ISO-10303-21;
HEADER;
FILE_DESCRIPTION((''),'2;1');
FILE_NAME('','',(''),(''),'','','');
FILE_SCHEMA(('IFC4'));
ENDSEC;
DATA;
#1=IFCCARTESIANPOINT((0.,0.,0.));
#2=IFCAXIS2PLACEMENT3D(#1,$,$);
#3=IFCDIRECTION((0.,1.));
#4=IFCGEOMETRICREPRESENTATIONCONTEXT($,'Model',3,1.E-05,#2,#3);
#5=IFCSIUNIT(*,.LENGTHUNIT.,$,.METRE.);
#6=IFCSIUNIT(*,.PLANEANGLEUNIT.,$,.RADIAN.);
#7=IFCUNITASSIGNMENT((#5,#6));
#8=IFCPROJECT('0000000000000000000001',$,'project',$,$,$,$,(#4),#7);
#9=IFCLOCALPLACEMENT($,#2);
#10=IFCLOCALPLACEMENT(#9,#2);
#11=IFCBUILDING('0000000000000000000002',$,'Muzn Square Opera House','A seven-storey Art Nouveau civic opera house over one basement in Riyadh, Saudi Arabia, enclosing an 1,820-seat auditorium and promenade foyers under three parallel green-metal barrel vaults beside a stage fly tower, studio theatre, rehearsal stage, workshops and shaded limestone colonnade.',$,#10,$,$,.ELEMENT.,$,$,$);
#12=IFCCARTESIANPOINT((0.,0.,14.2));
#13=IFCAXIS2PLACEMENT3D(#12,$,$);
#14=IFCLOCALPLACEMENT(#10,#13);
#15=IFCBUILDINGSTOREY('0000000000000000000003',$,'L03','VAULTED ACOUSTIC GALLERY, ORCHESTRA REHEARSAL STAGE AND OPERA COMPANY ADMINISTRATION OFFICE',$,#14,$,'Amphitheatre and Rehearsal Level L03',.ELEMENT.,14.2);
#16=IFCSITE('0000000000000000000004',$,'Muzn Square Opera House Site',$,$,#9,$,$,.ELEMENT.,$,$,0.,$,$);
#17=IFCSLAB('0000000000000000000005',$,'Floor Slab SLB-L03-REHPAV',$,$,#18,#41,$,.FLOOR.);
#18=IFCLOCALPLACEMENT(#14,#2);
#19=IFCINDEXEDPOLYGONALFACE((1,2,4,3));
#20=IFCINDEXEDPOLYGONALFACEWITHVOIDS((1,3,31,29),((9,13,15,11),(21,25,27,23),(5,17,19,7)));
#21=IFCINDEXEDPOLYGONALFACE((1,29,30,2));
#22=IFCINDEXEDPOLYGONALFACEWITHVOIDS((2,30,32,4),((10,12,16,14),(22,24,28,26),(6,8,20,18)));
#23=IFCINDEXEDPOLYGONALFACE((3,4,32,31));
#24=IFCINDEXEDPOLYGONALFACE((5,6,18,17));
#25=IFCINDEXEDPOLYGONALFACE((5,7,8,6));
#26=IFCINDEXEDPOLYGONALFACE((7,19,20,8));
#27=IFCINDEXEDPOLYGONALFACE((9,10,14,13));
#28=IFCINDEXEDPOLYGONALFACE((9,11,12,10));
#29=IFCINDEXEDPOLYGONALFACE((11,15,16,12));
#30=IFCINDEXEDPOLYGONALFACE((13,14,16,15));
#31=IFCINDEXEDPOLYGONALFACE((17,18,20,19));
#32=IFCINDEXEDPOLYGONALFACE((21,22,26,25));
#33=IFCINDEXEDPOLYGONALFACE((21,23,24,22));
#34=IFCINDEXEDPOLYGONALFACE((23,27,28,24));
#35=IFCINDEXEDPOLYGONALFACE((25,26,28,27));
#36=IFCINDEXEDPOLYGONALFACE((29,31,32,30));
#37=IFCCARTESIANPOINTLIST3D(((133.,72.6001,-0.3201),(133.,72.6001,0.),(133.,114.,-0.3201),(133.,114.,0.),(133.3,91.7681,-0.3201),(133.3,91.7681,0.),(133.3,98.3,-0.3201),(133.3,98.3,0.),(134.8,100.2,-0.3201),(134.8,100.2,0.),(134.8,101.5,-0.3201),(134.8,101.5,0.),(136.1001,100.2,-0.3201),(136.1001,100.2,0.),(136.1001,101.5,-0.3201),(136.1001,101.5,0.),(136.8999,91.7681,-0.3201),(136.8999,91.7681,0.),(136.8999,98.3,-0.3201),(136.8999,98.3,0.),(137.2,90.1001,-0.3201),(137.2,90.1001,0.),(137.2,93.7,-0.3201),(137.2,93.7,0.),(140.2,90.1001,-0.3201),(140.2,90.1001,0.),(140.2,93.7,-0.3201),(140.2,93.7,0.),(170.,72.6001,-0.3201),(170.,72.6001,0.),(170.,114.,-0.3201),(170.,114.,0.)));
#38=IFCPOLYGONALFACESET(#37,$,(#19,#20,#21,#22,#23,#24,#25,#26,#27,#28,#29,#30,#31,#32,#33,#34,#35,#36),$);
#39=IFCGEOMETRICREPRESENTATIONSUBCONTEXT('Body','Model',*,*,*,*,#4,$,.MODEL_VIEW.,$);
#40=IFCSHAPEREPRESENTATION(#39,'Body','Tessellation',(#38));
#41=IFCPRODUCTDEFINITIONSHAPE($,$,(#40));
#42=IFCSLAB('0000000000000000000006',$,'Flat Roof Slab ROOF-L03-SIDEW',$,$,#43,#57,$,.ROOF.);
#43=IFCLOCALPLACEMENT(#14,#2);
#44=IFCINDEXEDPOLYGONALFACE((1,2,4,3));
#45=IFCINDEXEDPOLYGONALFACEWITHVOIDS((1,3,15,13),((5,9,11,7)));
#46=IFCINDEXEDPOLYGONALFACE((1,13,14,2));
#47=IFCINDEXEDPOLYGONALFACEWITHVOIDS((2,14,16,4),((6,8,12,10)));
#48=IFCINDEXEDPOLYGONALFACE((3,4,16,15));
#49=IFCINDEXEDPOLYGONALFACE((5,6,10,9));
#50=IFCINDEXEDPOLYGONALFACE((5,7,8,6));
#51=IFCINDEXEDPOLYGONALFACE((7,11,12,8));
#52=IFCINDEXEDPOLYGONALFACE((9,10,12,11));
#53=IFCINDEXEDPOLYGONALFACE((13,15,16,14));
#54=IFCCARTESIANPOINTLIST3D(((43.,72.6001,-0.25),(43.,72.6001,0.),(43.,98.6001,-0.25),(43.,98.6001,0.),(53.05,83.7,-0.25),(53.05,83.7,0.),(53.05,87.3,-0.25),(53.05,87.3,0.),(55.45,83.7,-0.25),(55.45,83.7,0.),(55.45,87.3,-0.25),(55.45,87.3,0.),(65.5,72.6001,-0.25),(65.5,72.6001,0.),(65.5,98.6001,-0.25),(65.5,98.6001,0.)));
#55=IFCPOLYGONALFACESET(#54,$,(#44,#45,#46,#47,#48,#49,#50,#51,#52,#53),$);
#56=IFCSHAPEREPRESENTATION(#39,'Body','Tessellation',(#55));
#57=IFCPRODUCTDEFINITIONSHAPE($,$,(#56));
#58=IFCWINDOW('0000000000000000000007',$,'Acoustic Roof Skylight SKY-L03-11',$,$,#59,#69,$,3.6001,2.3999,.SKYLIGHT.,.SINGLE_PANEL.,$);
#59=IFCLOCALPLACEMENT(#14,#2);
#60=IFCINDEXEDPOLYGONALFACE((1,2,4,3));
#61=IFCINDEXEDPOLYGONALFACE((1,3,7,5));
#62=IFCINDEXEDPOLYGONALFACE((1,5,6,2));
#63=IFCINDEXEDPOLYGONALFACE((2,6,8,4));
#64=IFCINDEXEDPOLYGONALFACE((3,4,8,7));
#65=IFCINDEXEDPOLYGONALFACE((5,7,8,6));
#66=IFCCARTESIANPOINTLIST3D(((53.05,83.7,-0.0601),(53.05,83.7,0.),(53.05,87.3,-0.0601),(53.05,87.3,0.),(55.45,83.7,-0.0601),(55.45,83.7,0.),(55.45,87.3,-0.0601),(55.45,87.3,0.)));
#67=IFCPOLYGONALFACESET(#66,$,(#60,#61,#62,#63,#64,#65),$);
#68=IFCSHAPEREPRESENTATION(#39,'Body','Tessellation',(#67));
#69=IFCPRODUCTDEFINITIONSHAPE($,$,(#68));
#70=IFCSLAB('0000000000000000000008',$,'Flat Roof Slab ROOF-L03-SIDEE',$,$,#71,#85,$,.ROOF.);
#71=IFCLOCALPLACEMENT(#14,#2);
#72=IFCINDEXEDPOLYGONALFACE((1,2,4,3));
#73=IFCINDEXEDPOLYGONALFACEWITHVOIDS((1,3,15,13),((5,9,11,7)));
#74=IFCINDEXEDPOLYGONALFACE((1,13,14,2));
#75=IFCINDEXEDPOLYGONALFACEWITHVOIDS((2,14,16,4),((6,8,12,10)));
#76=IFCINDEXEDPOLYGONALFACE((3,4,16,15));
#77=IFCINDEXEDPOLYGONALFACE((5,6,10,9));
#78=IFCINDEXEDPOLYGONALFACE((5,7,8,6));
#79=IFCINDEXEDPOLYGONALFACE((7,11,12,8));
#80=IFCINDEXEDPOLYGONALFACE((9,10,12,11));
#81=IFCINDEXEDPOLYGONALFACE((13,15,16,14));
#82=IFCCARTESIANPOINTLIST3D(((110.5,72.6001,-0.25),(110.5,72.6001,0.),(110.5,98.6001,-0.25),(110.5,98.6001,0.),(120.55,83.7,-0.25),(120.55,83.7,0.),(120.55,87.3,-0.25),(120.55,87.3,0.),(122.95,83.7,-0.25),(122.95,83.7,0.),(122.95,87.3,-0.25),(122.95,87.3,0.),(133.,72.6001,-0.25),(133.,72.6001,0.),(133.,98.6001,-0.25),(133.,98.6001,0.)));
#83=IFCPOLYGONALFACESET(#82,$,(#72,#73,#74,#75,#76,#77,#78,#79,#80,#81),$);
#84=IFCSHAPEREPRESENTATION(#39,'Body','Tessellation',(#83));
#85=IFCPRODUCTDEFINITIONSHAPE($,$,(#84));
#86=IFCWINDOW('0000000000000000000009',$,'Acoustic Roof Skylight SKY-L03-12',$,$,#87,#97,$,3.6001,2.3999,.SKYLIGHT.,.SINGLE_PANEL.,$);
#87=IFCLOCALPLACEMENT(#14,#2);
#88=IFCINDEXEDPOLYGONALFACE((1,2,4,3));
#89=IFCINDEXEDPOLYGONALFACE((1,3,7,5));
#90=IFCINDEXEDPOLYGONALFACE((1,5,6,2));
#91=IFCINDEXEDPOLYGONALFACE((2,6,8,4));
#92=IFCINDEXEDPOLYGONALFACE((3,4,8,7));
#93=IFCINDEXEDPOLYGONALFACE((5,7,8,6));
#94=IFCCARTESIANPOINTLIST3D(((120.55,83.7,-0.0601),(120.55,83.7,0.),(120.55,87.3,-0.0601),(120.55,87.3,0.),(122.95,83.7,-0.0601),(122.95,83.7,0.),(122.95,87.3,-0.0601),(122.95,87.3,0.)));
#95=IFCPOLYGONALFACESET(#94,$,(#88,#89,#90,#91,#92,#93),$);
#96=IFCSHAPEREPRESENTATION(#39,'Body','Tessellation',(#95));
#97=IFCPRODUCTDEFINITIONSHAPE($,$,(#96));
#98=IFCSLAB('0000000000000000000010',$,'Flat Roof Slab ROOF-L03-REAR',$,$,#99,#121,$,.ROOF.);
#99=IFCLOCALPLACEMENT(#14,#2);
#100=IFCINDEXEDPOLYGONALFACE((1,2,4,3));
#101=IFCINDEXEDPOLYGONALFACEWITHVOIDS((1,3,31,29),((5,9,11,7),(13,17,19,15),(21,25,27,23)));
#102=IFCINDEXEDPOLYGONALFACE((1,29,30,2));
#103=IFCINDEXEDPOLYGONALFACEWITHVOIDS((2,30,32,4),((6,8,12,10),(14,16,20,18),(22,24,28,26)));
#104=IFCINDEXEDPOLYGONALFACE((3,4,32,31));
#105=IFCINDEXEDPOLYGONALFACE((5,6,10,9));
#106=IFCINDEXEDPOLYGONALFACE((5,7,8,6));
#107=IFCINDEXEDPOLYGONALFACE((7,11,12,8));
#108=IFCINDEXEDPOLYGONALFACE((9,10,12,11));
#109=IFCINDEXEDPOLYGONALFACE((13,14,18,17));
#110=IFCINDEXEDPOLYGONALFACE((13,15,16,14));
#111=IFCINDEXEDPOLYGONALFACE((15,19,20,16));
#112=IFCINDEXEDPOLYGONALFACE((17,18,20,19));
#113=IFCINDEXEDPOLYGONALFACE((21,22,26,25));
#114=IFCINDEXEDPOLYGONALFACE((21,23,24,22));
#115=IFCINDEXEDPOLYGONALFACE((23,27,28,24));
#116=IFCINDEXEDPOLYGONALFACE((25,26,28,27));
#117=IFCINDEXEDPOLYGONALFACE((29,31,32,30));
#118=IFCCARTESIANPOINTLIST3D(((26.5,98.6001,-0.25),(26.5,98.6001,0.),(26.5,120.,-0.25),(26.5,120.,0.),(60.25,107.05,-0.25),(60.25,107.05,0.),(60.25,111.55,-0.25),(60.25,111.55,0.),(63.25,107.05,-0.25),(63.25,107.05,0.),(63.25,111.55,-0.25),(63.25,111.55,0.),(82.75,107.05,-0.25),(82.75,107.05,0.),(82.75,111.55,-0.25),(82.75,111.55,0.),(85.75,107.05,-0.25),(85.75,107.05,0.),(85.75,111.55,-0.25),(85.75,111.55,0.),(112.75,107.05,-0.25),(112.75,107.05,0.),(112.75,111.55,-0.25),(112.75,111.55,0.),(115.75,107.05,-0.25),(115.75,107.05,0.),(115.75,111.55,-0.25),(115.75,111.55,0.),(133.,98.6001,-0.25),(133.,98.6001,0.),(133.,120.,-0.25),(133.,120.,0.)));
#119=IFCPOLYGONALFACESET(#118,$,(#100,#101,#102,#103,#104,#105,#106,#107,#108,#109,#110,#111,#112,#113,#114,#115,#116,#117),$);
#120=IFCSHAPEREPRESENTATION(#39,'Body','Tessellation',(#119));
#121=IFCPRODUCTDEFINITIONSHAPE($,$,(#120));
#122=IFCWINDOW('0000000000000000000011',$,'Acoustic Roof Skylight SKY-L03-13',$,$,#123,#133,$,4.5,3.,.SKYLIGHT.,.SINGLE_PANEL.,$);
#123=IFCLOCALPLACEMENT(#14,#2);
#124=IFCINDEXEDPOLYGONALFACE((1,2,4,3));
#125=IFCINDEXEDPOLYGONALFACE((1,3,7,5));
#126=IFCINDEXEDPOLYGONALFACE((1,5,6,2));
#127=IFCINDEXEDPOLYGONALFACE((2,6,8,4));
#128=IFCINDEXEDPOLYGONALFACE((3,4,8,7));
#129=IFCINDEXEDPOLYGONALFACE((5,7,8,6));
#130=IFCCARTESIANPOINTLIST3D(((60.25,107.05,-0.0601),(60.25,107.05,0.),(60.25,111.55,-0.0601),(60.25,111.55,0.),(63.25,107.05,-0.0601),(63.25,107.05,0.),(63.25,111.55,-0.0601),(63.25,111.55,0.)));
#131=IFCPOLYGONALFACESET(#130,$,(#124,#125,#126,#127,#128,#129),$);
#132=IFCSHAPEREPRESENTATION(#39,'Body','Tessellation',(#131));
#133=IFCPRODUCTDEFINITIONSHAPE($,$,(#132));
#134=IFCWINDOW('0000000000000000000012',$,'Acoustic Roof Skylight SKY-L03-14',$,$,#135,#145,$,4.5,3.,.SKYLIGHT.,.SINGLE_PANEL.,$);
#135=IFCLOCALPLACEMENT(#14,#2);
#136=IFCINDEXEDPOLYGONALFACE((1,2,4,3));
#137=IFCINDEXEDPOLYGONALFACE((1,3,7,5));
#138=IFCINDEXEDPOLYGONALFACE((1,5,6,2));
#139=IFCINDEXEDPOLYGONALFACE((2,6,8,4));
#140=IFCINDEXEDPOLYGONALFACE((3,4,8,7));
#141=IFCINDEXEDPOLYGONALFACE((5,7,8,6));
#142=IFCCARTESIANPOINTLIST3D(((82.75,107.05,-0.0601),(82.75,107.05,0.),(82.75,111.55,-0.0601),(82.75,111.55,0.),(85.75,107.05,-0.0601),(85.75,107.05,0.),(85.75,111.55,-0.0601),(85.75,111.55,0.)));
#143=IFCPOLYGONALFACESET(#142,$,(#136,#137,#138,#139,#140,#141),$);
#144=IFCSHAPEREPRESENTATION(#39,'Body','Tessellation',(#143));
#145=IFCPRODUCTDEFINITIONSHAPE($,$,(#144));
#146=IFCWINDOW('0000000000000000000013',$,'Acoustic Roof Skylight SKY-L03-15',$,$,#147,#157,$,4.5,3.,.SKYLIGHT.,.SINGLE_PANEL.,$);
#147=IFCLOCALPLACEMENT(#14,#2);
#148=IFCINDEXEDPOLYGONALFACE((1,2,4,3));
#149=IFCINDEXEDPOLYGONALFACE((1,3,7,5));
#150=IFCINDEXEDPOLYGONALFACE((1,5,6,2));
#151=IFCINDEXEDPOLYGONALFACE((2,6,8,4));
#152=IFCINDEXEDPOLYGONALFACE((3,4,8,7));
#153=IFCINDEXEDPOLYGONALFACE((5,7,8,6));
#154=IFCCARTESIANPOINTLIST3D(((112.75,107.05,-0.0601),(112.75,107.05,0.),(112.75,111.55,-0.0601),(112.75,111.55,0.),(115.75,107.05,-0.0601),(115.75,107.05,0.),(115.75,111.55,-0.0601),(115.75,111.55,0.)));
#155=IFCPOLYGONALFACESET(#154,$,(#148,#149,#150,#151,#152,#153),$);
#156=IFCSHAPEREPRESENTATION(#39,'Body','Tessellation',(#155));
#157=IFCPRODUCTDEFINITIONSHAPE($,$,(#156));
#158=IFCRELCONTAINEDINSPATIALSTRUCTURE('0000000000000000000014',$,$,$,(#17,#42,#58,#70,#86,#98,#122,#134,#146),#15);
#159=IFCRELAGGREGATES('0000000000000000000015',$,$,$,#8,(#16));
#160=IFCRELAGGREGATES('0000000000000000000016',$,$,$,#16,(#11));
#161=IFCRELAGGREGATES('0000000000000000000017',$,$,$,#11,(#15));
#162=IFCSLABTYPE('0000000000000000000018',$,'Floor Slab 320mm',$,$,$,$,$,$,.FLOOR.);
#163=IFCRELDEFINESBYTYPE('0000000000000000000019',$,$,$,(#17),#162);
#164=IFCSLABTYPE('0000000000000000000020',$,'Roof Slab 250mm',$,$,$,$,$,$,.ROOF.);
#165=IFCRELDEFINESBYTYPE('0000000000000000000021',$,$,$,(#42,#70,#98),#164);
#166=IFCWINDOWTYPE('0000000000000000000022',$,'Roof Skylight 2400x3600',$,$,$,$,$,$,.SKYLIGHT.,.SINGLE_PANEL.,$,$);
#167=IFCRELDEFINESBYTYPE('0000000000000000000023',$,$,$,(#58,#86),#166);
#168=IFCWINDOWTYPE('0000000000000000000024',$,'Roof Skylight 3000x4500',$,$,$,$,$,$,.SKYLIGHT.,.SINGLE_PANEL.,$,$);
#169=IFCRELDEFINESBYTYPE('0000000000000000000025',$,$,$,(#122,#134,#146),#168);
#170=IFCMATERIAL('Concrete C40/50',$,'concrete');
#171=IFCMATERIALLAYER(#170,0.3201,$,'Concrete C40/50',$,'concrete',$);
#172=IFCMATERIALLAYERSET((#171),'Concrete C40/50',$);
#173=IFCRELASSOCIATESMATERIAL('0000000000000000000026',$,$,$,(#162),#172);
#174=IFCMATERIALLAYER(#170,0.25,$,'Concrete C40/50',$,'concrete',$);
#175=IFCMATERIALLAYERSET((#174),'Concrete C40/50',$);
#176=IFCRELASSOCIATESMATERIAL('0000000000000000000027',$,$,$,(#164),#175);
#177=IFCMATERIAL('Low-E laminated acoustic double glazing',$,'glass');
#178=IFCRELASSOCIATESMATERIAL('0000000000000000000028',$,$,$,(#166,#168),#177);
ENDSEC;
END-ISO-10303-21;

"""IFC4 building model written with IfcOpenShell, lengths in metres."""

from ifc_helpers import new_model, si_unit, direction, frame, origin, origin_2d, place, context, subcontext, project, spatial, polyline, rectangle, outline, extrude, material, layer, layer_set, type_object, element, fill, save


model = new_model("IFC4")

# Units and contexts
model_context = context("Model", 3, precision=1e-05, world=origin(), true_north=direction((0.0, 1.0)))
body_context = subcontext(model_context, "Body", "Model", "MODEL_VIEW")
ifc_project = project(units=[si_unit("LENGTHUNIT", "METRE"), si_unit("PLANEANGLEUNIT", "RADIAN")], contexts=[model_context])

# Site, building, storey
site_placement = place(None, origin())
site = spatial("IfcSite", under=ifc_project, at=site_placement, Name="Muzn Square Opera House Site", CompositionType="ELEMENT", RefElevation=0.0)
building_placement = place(site_placement, origin())
building = spatial("IfcBuilding", under=site, at=building_placement, Name="Muzn Square Opera House", Description="A seven-storey Art Nouveau civic opera house over one basement in Riyadh, Saudi Arabia, enclosing an 1,820-seat auditorium and promenade foyers under three parallel green-metal barrel vaults beside a stage fly tower, studio theatre, rehearsal stage, workshops and shaded limestone colonnade.", CompositionType="ELEMENT")
storey_placement = place(building_placement, frame((0.0, 0.0, 14.2)))
storey = spatial("IfcBuildingStorey", under=building, at=storey_placement, Name="L03", Description="VAULTED ACOUSTIC GALLERY, ORCHESTRA REHEARSAL STAGE AND OPERA COMPANY ADMINISTRATION OFFICE", LongName="Amphitheatre and Rehearsal Level L03", CompositionType="ELEMENT", Elevation=14.2)

# Slab
ifc_material_1 = material(Name="Concrete C40/50", Category="concrete")
ifc_layer_1 = layer(ifc_material_1, 0.3201, Name="Concrete C40/50", Category="concrete")
ifc_layer_set_1 = layer_set([ifc_layer_1], Name="Concrete C40/50")
slab_type_1 = type_object("IfcSlabType", Name="Floor Slab 320mm", PredefinedType="FLOOR", material=ifc_layer_set_1)
slab_1_placement = place(storey_placement, frame((0.0, 0.0, -0.3201)))
element("IfcSlab", 1, at=slab_1_placement, inside=storey, type_object=slab_type_1, Name="Floor Slab SLB-L03-REHPAV", PredefinedType="FLOOR", context=body_context, shape_type="SweptSolid", body=[
    extrude(outline(polyline([(133.0, 72.6001), (170.0, 72.6001), (170.0, 114.0), (133.0, 114.0), (133.0, 72.6001)]), holes=[polyline([(133.3, 91.7681), (136.8999, 91.7681), (136.8999, 98.3), (133.3, 98.3), (133.3, 91.7681)]), polyline([(137.2, 90.1001), (140.2, 90.1001), (140.2, 93.7), (137.2, 93.7), (137.2, 90.1001)]), polyline([(134.8, 100.2), (136.1001, 100.2), (136.1001, 101.5), (134.8, 101.5), (134.8, 100.2)])]), origin(), (0.0, 0.0, 1.0), 0.3201),
])

# Slabs, openings, windows
ifc_layer_2 = layer(ifc_material_1, 0.25, Name="Concrete C40/50", Category="concrete")
ifc_layer_set_2 = layer_set([ifc_layer_2], Name="Concrete C40/50")
slab_type_2 = type_object("IfcSlabType", Name="Roof Slab 250mm", PredefinedType="ROOF", material=ifc_layer_set_2)
slab_2_placement = place(storey_placement, frame((0.0, 0.0, -0.25)))
slab_2 = element("IfcSlab", 2, at=slab_2_placement, inside=storey, type_object=slab_type_2, Name="Flat Roof Slab ROOF-L03-SIDEW", PredefinedType="ROOF", context=body_context, shape_type="SweptSolid", body=[
    extrude(outline(polyline([(43.0, 72.6001), (65.5, 72.6001), (65.5, 98.6001), (43.0, 98.6001), (43.0, 72.6001)])), origin(), (0.0, 0.0, 1.0), 0.25),
])
opening_1_placement = place(slab_2_placement, frame((54.25, 85.5, -0.01)))
opening_1 = element("IfcOpeningElement", 3, at=opening_1_placement, cuts=slab_2, PredefinedType="OPENING", context=body_context, shape_type="SweptSolid", body=[
    extrude(rectangle(XDim=2.3999, YDim=3.6001, at=origin_2d()), origin(), (0.0, 0.0, 1.0), 0.27),
])
ifc_material_2 = material(Name="Low-E laminated acoustic double glazing", Category="glass")
window_type_1 = type_object("IfcWindowType", Name="Roof Skylight 2400x3600", PartitioningType="SINGLE_PANEL", PredefinedType="SKYLIGHT", material=ifc_material_2)
window_1_placement = place(slab_2_placement, frame((54.25, 85.5, 0.1899)))
window_1 = element("IfcWindow", 4, at=window_1_placement, inside=storey, type_object=window_type_1, Name="Acoustic Roof Skylight SKY-L03-11", OverallHeight=3.6001, OverallWidth=2.3999, PartitioningType="SINGLE_PANEL", PredefinedType="SKYLIGHT", context=body_context, shape_type="SweptSolid", body=[
    extrude(rectangle(XDim=2.3999, YDim=3.6001, at=origin_2d()), origin(), (0.0, 0.0, 1.0), 0.0601),
])
fill(opening_1, window_1)
slab_3_placement = place(storey_placement, frame((0.0, 0.0, -0.25)))
slab_3 = element("IfcSlab", 5, at=slab_3_placement, inside=storey, type_object=slab_type_2, Name="Flat Roof Slab ROOF-L03-SIDEE", PredefinedType="ROOF", context=body_context, shape_type="SweptSolid", body=[
    extrude(outline(polyline([(110.5, 72.6001), (133.0, 72.6001), (133.0, 98.6001), (110.5, 98.6001), (110.5, 72.6001)])), origin(), (0.0, 0.0, 1.0), 0.25),
])
opening_2_placement = place(slab_3_placement, frame((121.75, 85.5, -0.01)))
opening_2 = element("IfcOpeningElement", 6, at=opening_2_placement, cuts=slab_3, PredefinedType="OPENING", context=body_context, shape_type="SweptSolid", body=[
    extrude(rectangle(XDim=2.3999, YDim=3.6001, at=origin_2d()), origin(), (0.0, 0.0, 1.0), 0.27),
])
window_2_placement = place(slab_3_placement, frame((121.75, 85.5, 0.1899)))
window_2 = element("IfcWindow", 7, at=window_2_placement, inside=storey, type_object=window_type_1, Name="Acoustic Roof Skylight SKY-L03-12", OverallHeight=3.6001, OverallWidth=2.3999, PartitioningType="SINGLE_PANEL", PredefinedType="SKYLIGHT", context=body_context, shape_type="SweptSolid", body=[
    extrude(rectangle(XDim=2.3999, YDim=3.6001, at=origin_2d()), origin(), (0.0, 0.0, 1.0), 0.0601),
])
fill(opening_2, window_2)

# Slab, openings, windows
slab_4_placement = place(storey_placement, frame((0.0, 0.0, -0.25)))
slab_4 = element("IfcSlab", 8, at=slab_4_placement, inside=storey, type_object=slab_type_2, Name="Flat Roof Slab ROOF-L03-REAR", PredefinedType="ROOF", context=body_context, shape_type="SweptSolid", body=[
    extrude(outline(polyline([(26.5, 98.6001), (133.0, 98.6001), (133.0, 120.0), (26.5, 120.0), (26.5, 98.6001)])), origin(), (0.0, 0.0, 1.0), 0.25),
])
opening_3_placement = place(slab_4_placement, frame((61.75, 109.3, -0.01)))
opening_3 = element("IfcOpeningElement", 9, at=opening_3_placement, cuts=slab_4, PredefinedType="OPENING", context=body_context, shape_type="SweptSolid", body=[
    extrude(rectangle(XDim=3.0, YDim=4.5, at=origin_2d()), origin(), (0.0, 0.0, 1.0), 0.27),
])
opening_4_placement = place(slab_4_placement, frame((84.25, 109.3, -0.01)))
opening_4 = element("IfcOpeningElement", 10, at=opening_4_placement, cuts=slab_4, PredefinedType="OPENING", context=body_context, shape_type="SweptSolid", body=[
    extrude(rectangle(XDim=3.0, YDim=4.5, at=origin_2d()), origin(), (0.0, 0.0, 1.0), 0.27),
])
opening_5_placement = place(slab_4_placement, frame((114.25, 109.3, -0.01)))
opening_5 = element("IfcOpeningElement", 11, at=opening_5_placement, cuts=slab_4, PredefinedType="OPENING", context=body_context, shape_type="SweptSolid", body=[
    extrude(rectangle(XDim=3.0, YDim=4.5, at=origin_2d()), origin(), (0.0, 0.0, 1.0), 0.27),
])
window_type_2 = type_object("IfcWindowType", Name="Roof Skylight 3000x4500", PartitioningType="SINGLE_PANEL", PredefinedType="SKYLIGHT", material=ifc_material_2)
window_3_placement = place(slab_4_placement, frame((61.75, 109.3, 0.1899)))
window_3 = element("IfcWindow", 12, at=window_3_placement, inside=storey, type_object=window_type_2, Name="Acoustic Roof Skylight SKY-L03-13", OverallHeight=4.5, OverallWidth=3.0, PartitioningType="SINGLE_PANEL", PredefinedType="SKYLIGHT", context=body_context, shape_type="SweptSolid", body=[
    extrude(rectangle(XDim=3.0, YDim=4.5, at=origin_2d()), origin(), (0.0, 0.0, 1.0), 0.0601),
])
fill(opening_3, window_3)
window_4_placement = place(slab_4_placement, frame((84.25, 109.3, 0.1899)))
window_4 = element("IfcWindow", 13, at=window_4_placement, inside=storey, type_object=window_type_2, Name="Acoustic Roof Skylight SKY-L03-14", OverallHeight=4.5, OverallWidth=3.0, PartitioningType="SINGLE_PANEL", PredefinedType="SKYLIGHT", context=body_context, shape_type="SweptSolid", body=[
    extrude(rectangle(XDim=3.0, YDim=4.5, at=origin_2d()), origin(), (0.0, 0.0, 1.0), 0.0601),
])
fill(opening_4, window_4)
window_5_placement = place(slab_4_placement, frame((114.25, 109.3, 0.1899)))
window_5 = element("IfcWindow", 14, at=window_5_placement, inside=storey, type_object=window_type_2, Name="Acoustic Roof Skylight SKY-L03-15", OverallHeight=4.5, OverallWidth=3.0, PartitioningType="SINGLE_PANEL", PredefinedType="SKYLIGHT", context=body_context, shape_type="SweptSolid", body=[
    extrude(rectangle(XDim=3.0, YDim=4.5, at=origin_2d()), origin(), (0.0, 0.0, 1.0), 0.0601),
])
fill(opening_5, window_5)

save(model, "model.ifc")
